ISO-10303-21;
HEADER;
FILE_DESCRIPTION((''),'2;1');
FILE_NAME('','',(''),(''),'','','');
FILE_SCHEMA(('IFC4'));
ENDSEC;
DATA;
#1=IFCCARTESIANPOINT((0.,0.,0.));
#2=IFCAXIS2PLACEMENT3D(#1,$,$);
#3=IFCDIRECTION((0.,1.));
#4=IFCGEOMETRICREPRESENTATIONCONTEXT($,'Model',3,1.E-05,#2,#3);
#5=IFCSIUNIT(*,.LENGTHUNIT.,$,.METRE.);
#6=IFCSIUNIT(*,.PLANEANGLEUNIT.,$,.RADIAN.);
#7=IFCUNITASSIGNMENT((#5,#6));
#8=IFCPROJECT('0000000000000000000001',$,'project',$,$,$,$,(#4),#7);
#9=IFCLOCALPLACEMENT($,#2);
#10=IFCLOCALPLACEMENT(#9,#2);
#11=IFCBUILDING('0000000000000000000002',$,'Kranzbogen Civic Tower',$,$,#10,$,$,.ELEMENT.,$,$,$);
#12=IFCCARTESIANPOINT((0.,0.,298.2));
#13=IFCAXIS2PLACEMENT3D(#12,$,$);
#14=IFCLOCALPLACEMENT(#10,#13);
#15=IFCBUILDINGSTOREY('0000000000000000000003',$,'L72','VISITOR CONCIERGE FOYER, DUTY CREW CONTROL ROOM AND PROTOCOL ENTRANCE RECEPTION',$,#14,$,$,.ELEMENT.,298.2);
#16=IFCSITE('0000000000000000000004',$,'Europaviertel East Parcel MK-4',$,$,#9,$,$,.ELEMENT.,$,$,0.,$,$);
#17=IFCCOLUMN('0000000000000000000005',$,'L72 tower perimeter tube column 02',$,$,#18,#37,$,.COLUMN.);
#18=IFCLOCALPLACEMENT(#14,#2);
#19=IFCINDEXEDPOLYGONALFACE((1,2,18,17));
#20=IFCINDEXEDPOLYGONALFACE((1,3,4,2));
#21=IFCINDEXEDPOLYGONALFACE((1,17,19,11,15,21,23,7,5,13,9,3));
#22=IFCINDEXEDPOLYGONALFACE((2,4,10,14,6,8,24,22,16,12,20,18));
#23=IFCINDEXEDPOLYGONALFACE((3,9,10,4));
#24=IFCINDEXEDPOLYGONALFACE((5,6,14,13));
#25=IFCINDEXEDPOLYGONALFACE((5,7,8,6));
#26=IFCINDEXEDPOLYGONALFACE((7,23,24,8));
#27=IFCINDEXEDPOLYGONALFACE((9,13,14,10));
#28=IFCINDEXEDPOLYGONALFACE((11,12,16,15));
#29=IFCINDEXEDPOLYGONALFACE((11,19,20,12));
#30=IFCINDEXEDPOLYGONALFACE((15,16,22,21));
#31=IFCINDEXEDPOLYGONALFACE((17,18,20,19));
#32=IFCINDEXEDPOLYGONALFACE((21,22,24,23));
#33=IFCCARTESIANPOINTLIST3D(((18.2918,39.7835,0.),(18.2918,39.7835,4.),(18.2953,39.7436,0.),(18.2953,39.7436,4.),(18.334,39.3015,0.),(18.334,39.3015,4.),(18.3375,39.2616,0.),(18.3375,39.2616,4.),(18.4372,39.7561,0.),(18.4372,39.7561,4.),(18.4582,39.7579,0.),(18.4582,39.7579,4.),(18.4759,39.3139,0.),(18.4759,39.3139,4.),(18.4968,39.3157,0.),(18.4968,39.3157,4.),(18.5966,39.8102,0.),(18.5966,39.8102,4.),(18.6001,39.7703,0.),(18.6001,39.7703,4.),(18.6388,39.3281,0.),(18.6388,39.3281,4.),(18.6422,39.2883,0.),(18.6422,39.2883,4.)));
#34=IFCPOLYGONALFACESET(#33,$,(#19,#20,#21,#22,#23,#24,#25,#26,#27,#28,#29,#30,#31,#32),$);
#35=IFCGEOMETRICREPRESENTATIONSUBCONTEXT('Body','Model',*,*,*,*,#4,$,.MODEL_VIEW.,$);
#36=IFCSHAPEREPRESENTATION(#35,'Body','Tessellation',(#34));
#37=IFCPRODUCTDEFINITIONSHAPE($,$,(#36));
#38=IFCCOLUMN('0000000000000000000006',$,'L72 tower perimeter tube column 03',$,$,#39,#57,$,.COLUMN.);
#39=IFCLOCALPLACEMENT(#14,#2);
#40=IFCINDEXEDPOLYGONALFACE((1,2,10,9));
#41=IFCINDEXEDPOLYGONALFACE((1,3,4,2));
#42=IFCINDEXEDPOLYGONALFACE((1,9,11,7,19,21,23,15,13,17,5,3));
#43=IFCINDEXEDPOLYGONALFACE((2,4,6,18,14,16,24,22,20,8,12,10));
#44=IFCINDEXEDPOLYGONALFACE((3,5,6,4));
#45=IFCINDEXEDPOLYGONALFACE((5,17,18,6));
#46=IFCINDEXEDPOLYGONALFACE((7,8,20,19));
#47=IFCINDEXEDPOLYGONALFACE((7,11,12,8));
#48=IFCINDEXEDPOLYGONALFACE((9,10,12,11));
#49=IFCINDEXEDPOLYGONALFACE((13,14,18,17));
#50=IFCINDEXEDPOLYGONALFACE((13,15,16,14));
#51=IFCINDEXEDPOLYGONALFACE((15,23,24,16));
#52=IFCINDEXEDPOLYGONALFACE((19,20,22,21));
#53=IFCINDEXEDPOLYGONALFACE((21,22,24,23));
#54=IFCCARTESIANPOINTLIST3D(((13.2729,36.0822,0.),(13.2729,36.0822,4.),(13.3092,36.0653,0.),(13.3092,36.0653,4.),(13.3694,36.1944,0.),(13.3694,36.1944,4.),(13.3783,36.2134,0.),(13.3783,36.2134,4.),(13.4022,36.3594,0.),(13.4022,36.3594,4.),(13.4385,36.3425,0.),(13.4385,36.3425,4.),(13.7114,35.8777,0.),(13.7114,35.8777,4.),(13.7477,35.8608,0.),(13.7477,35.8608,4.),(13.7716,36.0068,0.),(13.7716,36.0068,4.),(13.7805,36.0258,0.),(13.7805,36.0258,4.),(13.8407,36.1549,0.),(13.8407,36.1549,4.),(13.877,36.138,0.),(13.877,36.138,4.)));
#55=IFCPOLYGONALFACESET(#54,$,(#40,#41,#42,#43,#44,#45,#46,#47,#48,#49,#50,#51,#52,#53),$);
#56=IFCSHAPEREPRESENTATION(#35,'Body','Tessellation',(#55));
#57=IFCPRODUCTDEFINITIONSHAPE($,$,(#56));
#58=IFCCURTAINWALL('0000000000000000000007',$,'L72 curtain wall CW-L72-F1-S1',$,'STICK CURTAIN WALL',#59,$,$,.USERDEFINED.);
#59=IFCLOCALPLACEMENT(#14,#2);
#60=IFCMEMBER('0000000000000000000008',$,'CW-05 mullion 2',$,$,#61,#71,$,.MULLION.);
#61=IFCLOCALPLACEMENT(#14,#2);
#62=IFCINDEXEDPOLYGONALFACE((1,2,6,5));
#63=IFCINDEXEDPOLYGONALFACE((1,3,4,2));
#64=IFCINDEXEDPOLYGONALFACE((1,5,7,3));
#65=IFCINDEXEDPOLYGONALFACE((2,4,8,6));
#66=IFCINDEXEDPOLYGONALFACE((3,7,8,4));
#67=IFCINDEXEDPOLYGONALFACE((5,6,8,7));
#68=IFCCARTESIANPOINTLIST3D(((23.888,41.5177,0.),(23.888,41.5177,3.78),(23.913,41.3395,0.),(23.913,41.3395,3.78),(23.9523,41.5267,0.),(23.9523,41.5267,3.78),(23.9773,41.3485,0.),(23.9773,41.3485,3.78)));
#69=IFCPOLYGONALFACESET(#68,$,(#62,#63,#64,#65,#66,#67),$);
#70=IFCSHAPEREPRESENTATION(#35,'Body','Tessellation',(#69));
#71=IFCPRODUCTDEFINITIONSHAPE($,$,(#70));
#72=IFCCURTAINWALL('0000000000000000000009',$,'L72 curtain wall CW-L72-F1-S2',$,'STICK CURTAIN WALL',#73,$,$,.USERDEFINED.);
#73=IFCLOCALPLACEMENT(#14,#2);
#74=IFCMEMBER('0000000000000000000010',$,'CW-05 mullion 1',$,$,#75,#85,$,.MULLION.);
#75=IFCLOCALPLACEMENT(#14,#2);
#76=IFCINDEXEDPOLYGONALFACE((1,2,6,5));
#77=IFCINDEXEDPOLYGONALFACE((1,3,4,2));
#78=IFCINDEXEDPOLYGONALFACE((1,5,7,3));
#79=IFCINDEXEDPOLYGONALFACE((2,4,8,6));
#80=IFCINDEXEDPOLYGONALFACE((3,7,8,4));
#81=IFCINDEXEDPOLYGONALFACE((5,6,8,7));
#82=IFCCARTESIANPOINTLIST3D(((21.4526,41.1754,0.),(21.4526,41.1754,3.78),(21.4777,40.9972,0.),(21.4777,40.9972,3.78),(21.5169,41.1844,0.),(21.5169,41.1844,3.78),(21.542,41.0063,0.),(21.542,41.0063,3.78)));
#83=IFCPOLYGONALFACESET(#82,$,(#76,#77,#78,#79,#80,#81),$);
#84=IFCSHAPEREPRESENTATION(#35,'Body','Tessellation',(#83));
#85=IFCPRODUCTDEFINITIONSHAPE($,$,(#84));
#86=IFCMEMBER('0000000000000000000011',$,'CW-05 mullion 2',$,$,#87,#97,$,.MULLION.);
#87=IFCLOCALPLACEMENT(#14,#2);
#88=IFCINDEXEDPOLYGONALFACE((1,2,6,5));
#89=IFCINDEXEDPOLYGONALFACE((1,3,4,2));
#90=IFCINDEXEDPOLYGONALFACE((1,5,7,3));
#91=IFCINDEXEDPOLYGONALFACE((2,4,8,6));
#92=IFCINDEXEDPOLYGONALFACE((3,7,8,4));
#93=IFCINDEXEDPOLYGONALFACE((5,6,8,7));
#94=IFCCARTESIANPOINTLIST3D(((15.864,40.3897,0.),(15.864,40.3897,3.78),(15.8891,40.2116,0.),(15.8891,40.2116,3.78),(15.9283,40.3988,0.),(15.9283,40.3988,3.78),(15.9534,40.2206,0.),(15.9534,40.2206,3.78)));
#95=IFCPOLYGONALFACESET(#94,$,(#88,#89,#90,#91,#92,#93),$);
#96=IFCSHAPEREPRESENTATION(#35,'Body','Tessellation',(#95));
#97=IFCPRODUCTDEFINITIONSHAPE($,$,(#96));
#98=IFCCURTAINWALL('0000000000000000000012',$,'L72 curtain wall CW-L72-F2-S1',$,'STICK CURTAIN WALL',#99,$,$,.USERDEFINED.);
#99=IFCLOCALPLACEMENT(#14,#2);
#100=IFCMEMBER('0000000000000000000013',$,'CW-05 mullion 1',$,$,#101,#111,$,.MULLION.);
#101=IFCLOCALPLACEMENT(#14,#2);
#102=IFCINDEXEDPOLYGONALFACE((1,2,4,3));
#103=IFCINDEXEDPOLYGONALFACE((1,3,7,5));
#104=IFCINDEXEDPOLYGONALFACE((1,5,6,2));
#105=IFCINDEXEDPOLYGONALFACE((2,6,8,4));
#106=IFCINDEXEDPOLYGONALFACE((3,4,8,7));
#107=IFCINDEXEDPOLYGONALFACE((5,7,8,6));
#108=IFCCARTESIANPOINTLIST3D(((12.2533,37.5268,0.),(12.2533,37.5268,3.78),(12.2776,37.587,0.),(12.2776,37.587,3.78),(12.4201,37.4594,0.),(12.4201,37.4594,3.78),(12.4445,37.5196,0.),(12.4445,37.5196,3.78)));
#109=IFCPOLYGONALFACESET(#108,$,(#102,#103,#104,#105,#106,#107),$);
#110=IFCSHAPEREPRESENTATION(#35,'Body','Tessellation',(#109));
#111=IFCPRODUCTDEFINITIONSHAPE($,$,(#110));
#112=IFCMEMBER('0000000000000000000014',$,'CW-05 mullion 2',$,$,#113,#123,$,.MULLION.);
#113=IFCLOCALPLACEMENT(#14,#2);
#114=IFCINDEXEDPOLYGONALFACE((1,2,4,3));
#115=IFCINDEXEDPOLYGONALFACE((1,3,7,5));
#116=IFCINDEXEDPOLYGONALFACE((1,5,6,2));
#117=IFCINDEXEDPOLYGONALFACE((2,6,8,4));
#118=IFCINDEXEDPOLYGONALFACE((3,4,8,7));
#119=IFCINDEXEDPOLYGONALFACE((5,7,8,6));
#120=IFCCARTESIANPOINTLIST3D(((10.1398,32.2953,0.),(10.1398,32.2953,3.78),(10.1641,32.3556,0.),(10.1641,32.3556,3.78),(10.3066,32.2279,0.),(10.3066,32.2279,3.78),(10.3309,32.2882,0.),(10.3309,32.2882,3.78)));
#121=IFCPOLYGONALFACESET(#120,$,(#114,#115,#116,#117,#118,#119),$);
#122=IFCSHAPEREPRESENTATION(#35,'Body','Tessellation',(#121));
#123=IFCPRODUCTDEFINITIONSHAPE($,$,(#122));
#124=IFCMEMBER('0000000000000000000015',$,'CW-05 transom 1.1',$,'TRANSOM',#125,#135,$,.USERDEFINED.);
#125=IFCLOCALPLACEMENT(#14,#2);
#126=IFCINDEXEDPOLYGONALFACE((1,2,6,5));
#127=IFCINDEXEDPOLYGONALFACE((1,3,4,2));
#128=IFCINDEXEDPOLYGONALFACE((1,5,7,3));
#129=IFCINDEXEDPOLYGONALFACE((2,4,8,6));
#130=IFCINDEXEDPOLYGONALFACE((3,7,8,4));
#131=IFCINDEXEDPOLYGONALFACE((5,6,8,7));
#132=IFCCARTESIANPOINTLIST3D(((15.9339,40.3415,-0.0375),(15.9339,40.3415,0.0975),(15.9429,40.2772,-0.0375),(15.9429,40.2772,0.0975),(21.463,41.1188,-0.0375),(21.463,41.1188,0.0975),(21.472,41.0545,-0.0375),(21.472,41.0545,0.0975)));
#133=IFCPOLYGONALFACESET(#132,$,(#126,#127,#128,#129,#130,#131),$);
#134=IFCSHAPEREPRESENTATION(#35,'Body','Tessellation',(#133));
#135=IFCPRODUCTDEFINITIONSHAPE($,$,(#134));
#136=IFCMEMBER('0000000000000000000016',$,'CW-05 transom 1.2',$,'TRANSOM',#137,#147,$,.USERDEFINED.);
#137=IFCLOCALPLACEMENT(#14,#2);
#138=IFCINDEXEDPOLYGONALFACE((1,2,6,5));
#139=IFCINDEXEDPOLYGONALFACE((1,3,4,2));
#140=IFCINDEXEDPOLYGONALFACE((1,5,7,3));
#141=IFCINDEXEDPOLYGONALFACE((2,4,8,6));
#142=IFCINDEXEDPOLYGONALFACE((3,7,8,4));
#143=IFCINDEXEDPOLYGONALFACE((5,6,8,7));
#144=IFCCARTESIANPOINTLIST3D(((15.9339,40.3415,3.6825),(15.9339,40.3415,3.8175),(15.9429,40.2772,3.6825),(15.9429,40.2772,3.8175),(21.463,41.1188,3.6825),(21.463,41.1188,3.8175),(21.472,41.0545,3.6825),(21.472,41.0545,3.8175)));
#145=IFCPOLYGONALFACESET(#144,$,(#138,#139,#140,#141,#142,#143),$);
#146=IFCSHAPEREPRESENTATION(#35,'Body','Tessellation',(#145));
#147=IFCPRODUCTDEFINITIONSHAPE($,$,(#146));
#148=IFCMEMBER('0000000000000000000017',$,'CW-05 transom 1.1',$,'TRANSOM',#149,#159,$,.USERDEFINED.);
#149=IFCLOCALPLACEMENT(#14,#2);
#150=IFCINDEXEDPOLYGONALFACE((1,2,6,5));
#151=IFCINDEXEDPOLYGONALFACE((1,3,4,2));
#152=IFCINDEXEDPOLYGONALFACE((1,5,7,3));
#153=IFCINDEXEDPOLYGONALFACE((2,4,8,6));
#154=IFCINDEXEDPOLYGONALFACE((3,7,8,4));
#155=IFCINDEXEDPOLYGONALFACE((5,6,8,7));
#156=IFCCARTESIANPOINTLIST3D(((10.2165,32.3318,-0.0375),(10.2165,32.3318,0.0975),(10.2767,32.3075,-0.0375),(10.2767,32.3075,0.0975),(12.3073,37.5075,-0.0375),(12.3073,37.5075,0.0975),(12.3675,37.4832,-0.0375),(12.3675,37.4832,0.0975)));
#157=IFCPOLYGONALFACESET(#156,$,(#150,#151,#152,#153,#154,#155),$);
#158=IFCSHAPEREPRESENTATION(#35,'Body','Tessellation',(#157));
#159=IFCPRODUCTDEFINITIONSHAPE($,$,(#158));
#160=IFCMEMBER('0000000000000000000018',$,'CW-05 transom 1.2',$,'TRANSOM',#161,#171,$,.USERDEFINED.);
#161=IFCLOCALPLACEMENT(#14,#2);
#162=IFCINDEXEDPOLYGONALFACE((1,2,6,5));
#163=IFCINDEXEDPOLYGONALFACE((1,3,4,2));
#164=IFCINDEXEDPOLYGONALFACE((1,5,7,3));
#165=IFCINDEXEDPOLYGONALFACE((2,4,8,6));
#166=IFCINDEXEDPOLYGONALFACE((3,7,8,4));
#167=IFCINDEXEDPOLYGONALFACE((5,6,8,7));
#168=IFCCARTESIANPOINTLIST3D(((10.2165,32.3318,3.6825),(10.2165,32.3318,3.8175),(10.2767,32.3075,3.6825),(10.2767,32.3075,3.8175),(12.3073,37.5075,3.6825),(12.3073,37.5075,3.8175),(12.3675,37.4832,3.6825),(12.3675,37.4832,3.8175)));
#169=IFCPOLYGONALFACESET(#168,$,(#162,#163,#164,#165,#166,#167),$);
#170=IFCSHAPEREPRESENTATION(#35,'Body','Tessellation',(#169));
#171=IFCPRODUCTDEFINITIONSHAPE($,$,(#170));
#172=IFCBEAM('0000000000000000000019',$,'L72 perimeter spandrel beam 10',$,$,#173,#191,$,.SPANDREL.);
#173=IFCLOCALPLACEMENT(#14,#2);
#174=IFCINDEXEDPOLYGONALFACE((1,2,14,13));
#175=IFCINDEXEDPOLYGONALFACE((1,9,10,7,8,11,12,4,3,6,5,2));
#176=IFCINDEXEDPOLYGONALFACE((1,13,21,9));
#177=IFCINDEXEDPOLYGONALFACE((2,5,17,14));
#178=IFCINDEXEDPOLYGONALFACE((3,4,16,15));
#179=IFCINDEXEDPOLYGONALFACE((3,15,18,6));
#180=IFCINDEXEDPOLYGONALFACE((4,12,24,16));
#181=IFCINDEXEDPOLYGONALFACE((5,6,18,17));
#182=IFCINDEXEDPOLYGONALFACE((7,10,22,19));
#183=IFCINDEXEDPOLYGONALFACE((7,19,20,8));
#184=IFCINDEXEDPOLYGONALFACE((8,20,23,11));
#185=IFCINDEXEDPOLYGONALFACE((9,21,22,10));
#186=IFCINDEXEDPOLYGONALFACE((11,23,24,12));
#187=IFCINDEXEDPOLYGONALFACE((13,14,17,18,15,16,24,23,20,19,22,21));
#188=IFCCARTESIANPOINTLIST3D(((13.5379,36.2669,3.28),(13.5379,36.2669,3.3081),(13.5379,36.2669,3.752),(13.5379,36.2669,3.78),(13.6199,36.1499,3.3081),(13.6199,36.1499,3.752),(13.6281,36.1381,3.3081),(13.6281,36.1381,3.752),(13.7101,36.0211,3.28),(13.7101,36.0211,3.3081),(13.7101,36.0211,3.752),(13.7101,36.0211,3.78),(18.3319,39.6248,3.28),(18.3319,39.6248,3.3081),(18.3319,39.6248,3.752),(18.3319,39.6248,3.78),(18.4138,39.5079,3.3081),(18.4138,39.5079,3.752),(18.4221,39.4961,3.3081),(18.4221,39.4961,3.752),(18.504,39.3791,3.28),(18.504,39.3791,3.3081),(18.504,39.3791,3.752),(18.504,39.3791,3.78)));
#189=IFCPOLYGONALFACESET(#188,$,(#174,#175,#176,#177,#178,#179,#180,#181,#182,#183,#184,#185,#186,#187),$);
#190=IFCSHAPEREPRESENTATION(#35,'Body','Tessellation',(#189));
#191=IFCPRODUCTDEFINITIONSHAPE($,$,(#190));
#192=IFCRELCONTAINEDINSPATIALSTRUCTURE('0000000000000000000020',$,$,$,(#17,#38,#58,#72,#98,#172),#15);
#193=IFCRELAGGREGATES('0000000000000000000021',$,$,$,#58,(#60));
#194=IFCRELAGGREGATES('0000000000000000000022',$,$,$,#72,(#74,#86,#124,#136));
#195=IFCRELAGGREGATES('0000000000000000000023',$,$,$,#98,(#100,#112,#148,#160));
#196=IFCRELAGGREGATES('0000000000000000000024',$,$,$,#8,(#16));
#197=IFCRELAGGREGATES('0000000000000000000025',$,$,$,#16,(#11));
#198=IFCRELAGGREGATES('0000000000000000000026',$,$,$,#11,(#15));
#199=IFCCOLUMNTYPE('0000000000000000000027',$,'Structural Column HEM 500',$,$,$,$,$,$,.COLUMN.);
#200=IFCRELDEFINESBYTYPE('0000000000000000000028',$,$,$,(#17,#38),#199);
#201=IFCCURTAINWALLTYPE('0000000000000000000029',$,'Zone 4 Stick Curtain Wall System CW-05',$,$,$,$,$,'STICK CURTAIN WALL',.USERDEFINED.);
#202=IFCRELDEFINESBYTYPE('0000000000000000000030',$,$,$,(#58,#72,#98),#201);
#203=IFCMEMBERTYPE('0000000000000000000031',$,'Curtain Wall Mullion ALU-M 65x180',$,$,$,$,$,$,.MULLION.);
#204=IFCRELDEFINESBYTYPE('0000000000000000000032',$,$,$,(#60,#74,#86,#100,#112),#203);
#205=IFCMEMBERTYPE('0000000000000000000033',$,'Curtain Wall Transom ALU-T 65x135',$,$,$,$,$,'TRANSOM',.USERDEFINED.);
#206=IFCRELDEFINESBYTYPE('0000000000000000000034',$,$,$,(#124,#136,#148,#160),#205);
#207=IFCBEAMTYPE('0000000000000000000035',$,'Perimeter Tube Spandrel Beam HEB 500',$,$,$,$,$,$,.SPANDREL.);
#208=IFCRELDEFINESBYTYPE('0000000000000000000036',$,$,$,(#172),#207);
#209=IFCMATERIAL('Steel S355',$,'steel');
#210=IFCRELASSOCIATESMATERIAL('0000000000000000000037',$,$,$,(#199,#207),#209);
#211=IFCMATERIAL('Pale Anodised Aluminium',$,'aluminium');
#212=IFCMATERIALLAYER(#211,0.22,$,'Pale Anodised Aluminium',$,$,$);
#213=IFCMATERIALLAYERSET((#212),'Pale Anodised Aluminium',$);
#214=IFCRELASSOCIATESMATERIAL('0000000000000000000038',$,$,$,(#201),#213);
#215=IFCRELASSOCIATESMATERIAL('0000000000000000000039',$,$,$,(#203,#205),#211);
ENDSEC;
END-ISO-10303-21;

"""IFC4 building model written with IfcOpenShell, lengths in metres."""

from ifc_helpers import new_model, si_unit, direction, frame, origin, origin_2d, place, context, subcontext, project, spatial, rectangle, i_section, extrude, material, layer, layer_set, material_profile, profile_set, type_object, element, aggregate, save


model = new_model("IFC4")

# Units and contexts
model_context = context("Model", 3, precision=1e-05, world=origin(), true_north=direction((0.0, 1.0)))
body_context = subcontext(model_context, "Body", "Model", "MODEL_VIEW")
ifc_project = project(units=[si_unit("LENGTHUNIT", "METRE"), si_unit("PLANEANGLEUNIT", "RADIAN")], contexts=[model_context])

# Site, building, storey
site_placement = place(None, origin())
site = spatial("IfcSite", under=ifc_project, at=site_placement, Name="Europaviertel East Parcel MK-4", CompositionType="ELEMENT", RefElevation=0.0)
building_placement = place(site_placement, origin())
building = spatial("IfcBuilding", under=site, at=building_placement, Name="Kranzbogen Civic Tower", CompositionType="ELEMENT")
storey_placement = place(building_placement, frame((0.0, 0.0, 298.2)))
storey = spatial("IfcBuildingStorey", under=building, at=storey_placement, Name="L72", Description="VISITOR CONCIERGE FOYER, DUTY CREW CONTROL ROOM AND PROTOCOL ENTRANCE RECEPTION", CompositionType="ELEMENT", Elevation=298.2)

# Columns
ifc_material_1 = material(Name="Steel S355", Category="steel")
ifc_material_profile_1 = material_profile(ifc_material_1, i_section(OverallWidth=0.3059, OverallDepth=0.5239, WebThickness=0.021, FlangeThickness=0.04, at=origin_2d()), Name="HEM 500")
ifc_profile_set_1 = profile_set([ifc_material_profile_1], Name="Steel S355")
column_type = type_object("IfcColumnType", Name="Structural Column HEM 500", PredefinedType="COLUMN", material=ifc_profile_set_1)
for number, where, z_axis, x_axis, name in (
    (1, (18.467, 39.5359, 0.0), (0.0, 0.0, 1.0), (0.996195, 0.087156, 0.0), "L72 tower perimeter tube column 02"),
    (2, (13.575, 36.1101, 0.0), (0.0, 0.0, 1.0), (0.422618, 0.906308, 0.0), "L72 tower perimeter tube column 03"),
):
    element("IfcColumn", number, at=place(storey_placement, frame(where, z_axis=z_axis, x_axis=x_axis)), inside=storey, type_object=column_type, Name=name, PredefinedType="COLUMN", context=body_context, shape_type="SweptSolid", body=[
        extrude(i_section(OverallWidth=0.3059, OverallDepth=0.5239, WebThickness=0.021, FlangeThickness=0.04, at=origin_2d()), origin(), (0.0, 0.0, 1.0), 4.0),
    ])

# Curtain wall, member
ifc_material_2 = material(Name="Pale Anodised Aluminium", Category="aluminium")
ifc_layer_1 = layer(ifc_material_2, 0.22, Name="Pale Anodised Aluminium")
ifc_layer_set_1 = layer_set([ifc_layer_1], Name="Pale Anodised Aluminium")
curtain_wall_type = type_object("IfcCurtainWallType", Name="Zone 4 Stick Curtain Wall System CW-05", ElementType="STICK CURTAIN WALL", PredefinedType="USERDEFINED", material=ifc_layer_set_1)
curtain_wall_1_placement = place(storey_placement, origin())
curtain_wall_1 = element("IfcCurtainWall", 3, at=curtain_wall_1_placement, inside=storey, type_object=curtain_wall_type, Name="L72 curtain wall CW-L72-F1-S1", ObjectType="STICK CURTAIN WALL", PredefinedType="USERDEFINED")
ifc_material_profile_2 = material_profile(ifc_material_2, rectangle(XDim=0.0649, YDim=0.1799, at=origin_2d()), Name="ALU-M 65x180")
ifc_profile_set_2 = profile_set([ifc_material_profile_2], Name="Pale Anodised Aluminium")
member_type_1 = type_object("IfcMemberType", Name="Curtain Wall Mullion ALU-M 65x180", PredefinedType="MULLION", material=ifc_profile_set_2)
member_1_placement = place(storey_placement, frame((23.9326, 41.4331, 0.0), z_axis=(0.0, 0.0, 1.0), x_axis=(-0.990283, -0.139064, 0.0)))
member_1 = element("IfcMember", 4, at=member_1_placement, type_object=member_type_1, Name="CW-05 mullion 2", PredefinedType="MULLION", context=body_context, shape_type="SweptSolid", body=[
    extrude(rectangle(XDim=0.0649, YDim=0.1799, at=origin_2d()), origin(), (0.0, 0.0, 1.0), 3.78),
])
aggregate(curtain_wall_1, [member_1])

# Curtain walls, members
curtain_wall_2_placement = place(storey_placement, origin())
curtain_wall_2 = element("IfcCurtainWall", 5, at=curtain_wall_2_placement, inside=storey, type_object=curtain_wall_type, Name="L72 curtain wall CW-L72-F1-S2", ObjectType="STICK CURTAIN WALL", PredefinedType="USERDEFINED")
member_2_placement = place(storey_placement, frame((21.4973, 41.0908, 0.0), z_axis=(0.0, 0.0, 1.0), x_axis=(-0.990263, -0.139212, 0.0)))
member_2 = element("IfcMember", 6, at=member_2_placement, type_object=member_type_1, Name="CW-05 mullion 1", PredefinedType="MULLION", context=body_context, shape_type="SweptSolid", body=[
    extrude(rectangle(XDim=0.0649, YDim=0.1799, at=origin_2d()), origin(), (0.0, 0.0, 1.0), 3.78),
])
member_3_placement = place(storey_placement, frame((15.9087, 40.3052, 0.0), z_axis=(0.0, 0.0, 1.0), x_axis=(-0.990263, -0.139212, 0.0)))
member_3 = element("IfcMember", 7, at=member_3_placement, type_object=member_type_1, Name="CW-05 mullion 2", PredefinedType="MULLION", context=body_context, shape_type="SweptSolid", body=[
    extrude(rectangle(XDim=0.0649, YDim=0.1799, at=origin_2d()), origin(), (0.0, 0.0, 1.0), 3.78),
])
curtain_wall_3_placement = place(storey_placement, origin())
curtain_wall_3 = element("IfcCurtainWall", 8, at=curtain_wall_3_placement, inside=storey, type_object=curtain_wall_type, Name="L72 curtain wall CW-L72-F2-S1", ObjectType="STICK CURTAIN WALL", PredefinedType="USERDEFINED")
member_4_placement = place(storey_placement, frame((12.3489, 37.5232, 0.0), z_axis=(0.0, 0.0, 1.0), x_axis=(-0.374594, -0.927189, 0.0)))
member_4 = element("IfcMember", 9, at=member_4_placement, type_object=member_type_1, Name="CW-05 mullion 1", PredefinedType="MULLION", context=body_context, shape_type="SweptSolid", body=[
    extrude(rectangle(XDim=0.0649, YDim=0.1799, at=origin_2d()), origin(), (0.0, 0.0, 1.0), 3.78),
])
member_5_placement = place(storey_placement, frame((10.2354, 32.2917, 0.0), z_axis=(0.0, 0.0, 1.0), x_axis=(-0.374594, -0.927189, 0.0)))
member_5 = element("IfcMember", 10, at=member_5_placement, type_object=member_type_1, Name="CW-05 mullion 2", PredefinedType="MULLION", context=body_context, shape_type="SweptSolid", body=[
    extrude(rectangle(XDim=0.0649, YDim=0.1799, at=origin_2d()), origin(), (0.0, 0.0, 1.0), 3.78),
])

# Members
ifc_material_profile_3 = material_profile(ifc_material_2, rectangle(XDim=0.0649, YDim=0.135, at=origin_2d()), Name="ALU-T 65x135")
ifc_profile_set_3 = profile_set([ifc_material_profile_3], Name="Pale Anodised Aluminium")
member_type_2 = type_object("IfcMemberType", Name="Curtain Wall Transom ALU-T 65x135", ElementType="TRANSOM", PredefinedType="USERDEFINED", material=ifc_profile_set_3)
member_6_placement = place(storey_placement, frame((21.4675, 41.0867, 0.03), z_axis=(-0.990261, -0.139223, 0.0), x_axis=(0.139223, -0.990261, 0.0)))
member_6 = element("IfcMember", 11, at=member_6_placement, type_object=member_type_2, Name="CW-05 transom 1.1", ObjectType="TRANSOM", PredefinedType="USERDEFINED", context=body_context, shape_type="SweptSolid", body=[
    extrude(rectangle(XDim=0.0649, YDim=0.135, at=origin_2d()), origin(), (0.0, 0.0, 1.0), 5.5835),
])
member_7_placement = place(storey_placement, frame((21.4675, 41.0867, 3.75), z_axis=(-0.990261, -0.139223, 0.0), x_axis=(0.139223, -0.990261, 0.0)))
member_7 = element("IfcMember", 12, at=member_7_placement, type_object=member_type_2, Name="CW-05 transom 1.2", ObjectType="TRANSOM", PredefinedType="USERDEFINED", context=body_context, shape_type="SweptSolid", body=[
    extrude(rectangle(XDim=0.0649, YDim=0.135, at=origin_2d()), origin(), (0.0, 0.0, 1.0), 5.5835),
])
member_8_placement = place(storey_placement, frame((12.3374, 37.4954, 0.03), z_axis=(-0.374556, -0.927204, 0.0), x_axis=(0.927204, -0.374556, 0.0)))
member_8 = element("IfcMember", 13, at=member_8_placement, type_object=member_type_2, Name="CW-05 transom 1.1", ObjectType="TRANSOM", PredefinedType="USERDEFINED", context=body_context, shape_type="SweptSolid", body=[
    extrude(rectangle(XDim=0.0649, YDim=0.135, at=origin_2d()), origin(), (0.0, 0.0, 1.0), 5.582),
])
member_9_placement = place(storey_placement, frame((12.3374, 37.4954, 3.75), z_axis=(-0.374556, -0.927204, 0.0), x_axis=(0.927204, -0.374556, 0.0)))
member_9 = element("IfcMember", 14, at=member_9_placement, type_object=member_type_2, Name="CW-05 transom 1.2", ObjectType="TRANSOM", PredefinedType="USERDEFINED", context=body_context, shape_type="SweptSolid", body=[
    extrude(rectangle(XDim=0.0649, YDim=0.135, at=origin_2d()), origin(), (0.0, 0.0, 1.0), 5.582),
])

# Beam
ifc_material_profile_4 = material_profile(ifc_material_1, i_section(OverallWidth=0.3, OverallDepth=0.5, WebThickness=0.0144, FlangeThickness=0.0281, at=origin_2d()), Name="HEB 500")
ifc_profile_set_4 = profile_set([ifc_material_profile_4], Name="Steel S355")
beam_type_1 = type_object("IfcBeamType", Name="Perimeter Tube Spandrel Beam HEB 500", PredefinedType="SPANDREL", material=ifc_profile_set_4)
beam_1_placement = place(storey_placement, frame((18.418, 39.502, 3.53), z_axis=(-0.819059, -0.573709, 0.0), x_axis=(0.573709, -0.819059, 0.0)))
element("IfcBeam", 15, at=beam_1_placement, inside=storey, type_object=beam_type_1, Name="L72 perimeter spandrel beam 10", PredefinedType="SPANDREL", context=body_context, shape_type="SweptSolid", body=[
    extrude(i_section(OverallWidth=0.3, OverallDepth=0.5, WebThickness=0.0144, FlangeThickness=0.0281, at=origin_2d()), origin(), (0.0, 0.0, 1.0), 5.853),
])

aggregate(curtain_wall_2, [member_2, member_3, member_6, member_7])
aggregate(curtain_wall_3, [member_4, member_5, member_8, member_9])

save(model, "model.ifc")
